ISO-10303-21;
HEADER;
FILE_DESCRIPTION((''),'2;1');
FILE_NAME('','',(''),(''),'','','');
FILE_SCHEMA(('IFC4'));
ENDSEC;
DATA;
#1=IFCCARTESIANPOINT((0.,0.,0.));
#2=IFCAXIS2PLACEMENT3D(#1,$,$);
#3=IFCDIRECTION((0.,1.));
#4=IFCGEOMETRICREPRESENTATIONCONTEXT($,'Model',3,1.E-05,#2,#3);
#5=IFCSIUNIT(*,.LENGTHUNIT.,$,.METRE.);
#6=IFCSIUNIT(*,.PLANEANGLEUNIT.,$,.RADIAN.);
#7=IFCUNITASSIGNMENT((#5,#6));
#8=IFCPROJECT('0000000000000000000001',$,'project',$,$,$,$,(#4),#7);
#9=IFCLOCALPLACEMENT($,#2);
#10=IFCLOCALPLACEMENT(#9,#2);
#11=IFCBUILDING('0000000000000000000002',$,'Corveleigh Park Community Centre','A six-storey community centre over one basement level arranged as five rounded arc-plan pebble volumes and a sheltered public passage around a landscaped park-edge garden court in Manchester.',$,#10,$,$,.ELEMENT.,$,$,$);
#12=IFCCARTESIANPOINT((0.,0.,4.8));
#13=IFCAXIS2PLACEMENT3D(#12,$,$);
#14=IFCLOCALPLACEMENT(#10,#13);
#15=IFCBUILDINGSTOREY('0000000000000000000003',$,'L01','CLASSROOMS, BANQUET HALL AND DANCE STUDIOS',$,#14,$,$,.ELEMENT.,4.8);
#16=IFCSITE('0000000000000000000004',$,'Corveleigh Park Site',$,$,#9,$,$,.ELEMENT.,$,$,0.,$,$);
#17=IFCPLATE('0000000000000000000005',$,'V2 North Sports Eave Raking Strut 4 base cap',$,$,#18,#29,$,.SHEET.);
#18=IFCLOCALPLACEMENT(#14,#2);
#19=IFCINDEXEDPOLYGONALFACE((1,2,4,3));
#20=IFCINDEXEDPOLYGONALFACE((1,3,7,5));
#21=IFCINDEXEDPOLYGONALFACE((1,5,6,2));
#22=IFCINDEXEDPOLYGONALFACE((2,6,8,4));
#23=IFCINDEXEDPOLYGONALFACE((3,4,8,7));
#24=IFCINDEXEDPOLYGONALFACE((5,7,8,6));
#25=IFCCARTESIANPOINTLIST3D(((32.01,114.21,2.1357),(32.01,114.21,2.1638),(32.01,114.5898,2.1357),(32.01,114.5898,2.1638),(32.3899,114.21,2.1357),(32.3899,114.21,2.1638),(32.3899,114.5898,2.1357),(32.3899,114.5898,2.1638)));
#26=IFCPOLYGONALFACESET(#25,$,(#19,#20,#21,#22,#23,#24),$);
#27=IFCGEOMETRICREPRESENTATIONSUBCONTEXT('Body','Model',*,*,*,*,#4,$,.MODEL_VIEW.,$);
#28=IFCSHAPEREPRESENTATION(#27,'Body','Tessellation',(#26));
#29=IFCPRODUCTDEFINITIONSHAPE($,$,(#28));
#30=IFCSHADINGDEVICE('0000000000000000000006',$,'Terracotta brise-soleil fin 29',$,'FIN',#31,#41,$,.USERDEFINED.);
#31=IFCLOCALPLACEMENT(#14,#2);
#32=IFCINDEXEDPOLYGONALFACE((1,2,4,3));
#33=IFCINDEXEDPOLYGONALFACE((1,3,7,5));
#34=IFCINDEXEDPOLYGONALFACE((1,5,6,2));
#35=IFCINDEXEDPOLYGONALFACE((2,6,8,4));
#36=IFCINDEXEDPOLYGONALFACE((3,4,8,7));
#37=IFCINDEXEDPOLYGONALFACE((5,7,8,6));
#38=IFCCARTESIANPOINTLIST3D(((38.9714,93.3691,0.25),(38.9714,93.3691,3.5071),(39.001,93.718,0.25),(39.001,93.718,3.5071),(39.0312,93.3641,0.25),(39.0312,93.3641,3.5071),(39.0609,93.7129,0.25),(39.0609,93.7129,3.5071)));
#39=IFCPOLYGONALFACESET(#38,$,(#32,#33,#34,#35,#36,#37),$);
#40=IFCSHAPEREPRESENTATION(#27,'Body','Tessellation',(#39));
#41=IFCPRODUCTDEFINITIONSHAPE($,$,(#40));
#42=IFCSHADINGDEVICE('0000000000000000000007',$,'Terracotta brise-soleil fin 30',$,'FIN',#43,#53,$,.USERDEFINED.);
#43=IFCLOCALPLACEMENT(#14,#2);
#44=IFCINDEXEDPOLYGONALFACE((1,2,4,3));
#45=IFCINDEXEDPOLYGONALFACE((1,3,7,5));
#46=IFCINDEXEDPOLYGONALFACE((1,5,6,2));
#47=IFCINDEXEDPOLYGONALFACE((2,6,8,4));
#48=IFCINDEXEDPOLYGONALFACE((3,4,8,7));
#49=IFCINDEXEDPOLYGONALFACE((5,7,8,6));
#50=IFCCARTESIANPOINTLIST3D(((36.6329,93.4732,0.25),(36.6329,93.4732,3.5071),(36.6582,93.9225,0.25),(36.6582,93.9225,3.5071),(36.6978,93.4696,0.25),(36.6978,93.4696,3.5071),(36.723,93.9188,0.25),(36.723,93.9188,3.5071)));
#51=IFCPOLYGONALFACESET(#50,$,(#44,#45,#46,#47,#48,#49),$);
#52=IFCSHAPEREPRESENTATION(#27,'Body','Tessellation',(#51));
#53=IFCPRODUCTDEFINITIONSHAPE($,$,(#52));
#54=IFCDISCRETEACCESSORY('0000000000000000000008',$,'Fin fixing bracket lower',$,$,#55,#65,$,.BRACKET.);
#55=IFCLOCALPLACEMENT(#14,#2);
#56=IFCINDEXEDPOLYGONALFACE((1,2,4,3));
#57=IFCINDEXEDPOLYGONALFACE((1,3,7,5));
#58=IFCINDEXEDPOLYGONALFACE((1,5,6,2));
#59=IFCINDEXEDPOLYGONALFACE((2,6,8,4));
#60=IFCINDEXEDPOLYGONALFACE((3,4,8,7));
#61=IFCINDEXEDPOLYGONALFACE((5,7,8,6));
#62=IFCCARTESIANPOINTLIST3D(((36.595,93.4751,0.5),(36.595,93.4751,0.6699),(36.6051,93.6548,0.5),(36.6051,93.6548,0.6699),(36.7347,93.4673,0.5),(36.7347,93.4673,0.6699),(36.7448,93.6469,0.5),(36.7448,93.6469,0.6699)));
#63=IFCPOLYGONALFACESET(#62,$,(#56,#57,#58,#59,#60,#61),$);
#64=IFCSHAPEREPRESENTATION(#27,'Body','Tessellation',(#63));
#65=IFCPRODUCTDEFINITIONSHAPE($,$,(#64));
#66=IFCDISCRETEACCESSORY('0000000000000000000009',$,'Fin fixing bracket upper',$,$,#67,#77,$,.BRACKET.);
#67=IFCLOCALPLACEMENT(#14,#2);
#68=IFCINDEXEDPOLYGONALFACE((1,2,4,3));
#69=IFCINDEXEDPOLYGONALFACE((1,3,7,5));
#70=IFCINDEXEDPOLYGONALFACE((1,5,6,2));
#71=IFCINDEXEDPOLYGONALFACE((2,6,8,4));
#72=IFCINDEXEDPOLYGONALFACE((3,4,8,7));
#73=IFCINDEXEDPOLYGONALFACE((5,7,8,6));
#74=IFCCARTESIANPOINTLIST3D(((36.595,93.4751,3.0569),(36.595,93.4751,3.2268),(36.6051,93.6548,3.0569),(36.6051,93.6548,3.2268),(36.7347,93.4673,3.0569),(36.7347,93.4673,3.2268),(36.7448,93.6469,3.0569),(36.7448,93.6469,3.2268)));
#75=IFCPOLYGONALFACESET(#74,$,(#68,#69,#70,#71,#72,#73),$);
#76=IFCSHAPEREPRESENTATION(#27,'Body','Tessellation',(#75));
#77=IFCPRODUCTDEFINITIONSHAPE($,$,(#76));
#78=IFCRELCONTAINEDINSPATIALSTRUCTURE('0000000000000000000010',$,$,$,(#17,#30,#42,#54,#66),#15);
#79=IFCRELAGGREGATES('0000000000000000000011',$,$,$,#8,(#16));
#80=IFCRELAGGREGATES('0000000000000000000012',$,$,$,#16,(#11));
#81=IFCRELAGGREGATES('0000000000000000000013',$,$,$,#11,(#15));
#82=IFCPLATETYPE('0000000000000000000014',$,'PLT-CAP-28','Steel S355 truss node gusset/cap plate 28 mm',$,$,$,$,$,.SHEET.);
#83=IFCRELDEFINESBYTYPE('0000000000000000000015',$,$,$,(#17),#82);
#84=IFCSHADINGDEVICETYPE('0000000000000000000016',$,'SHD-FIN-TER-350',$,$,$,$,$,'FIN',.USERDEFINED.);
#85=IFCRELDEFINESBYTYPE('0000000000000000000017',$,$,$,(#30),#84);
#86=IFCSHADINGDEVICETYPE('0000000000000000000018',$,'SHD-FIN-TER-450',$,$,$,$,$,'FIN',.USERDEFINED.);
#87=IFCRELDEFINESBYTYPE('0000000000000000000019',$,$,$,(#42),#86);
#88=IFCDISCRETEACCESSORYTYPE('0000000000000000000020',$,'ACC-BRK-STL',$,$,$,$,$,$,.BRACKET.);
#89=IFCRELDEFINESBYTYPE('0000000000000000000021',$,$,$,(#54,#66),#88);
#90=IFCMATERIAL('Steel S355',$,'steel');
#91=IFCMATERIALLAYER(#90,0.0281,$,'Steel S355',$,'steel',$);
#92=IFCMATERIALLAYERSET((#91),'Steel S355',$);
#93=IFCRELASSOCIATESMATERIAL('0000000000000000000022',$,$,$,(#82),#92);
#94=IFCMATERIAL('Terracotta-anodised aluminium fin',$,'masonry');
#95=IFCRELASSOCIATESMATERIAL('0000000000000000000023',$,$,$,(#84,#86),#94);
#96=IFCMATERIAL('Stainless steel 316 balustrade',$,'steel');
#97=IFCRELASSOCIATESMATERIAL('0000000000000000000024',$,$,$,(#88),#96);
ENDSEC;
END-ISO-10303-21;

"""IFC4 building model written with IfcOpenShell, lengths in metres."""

from ifc_helpers import new_model, si_unit, direction, frame, origin, origin_2d, place, context, subcontext, project, spatial, rectangle, extrude, material, layer, layer_set, type_object, element, save


model = new_model("IFC4")

# Units and contexts
model_context = context("Model", 3, precision=1e-05, world=origin(), true_north=direction((0.0, 1.0)))
body_context = subcontext(model_context, "Body", "Model", "MODEL_VIEW")
ifc_project = project(units=[si_unit("LENGTHUNIT", "METRE"), si_unit("PLANEANGLEUNIT", "RADIAN")], contexts=[model_context])

# Site, building, storey
site_placement = place(None, origin())
site = spatial("IfcSite", under=ifc_project, at=site_placement, Name="Corveleigh Park Site", CompositionType="ELEMENT", RefElevation=0.0)
building_placement = place(site_placement, origin())
building = spatial("IfcBuilding", under=site, at=building_placement, Name="Corveleigh Park Community Centre", Description="A six-storey community centre over one basement level arranged as five rounded arc-plan pebble volumes and a sheltered public passage around a landscaped park-edge garden court in Manchester.", CompositionType="ELEMENT")
storey_placement = place(building_placement, frame((0.0, 0.0, 4.8)))
storey = spatial("IfcBuildingStorey", under=building, at=storey_placement, Name="L01", Description="CLASSROOMS, BANQUET HALL AND DANCE STUDIOS", CompositionType="ELEMENT", Elevation=4.8)

# Shared definitions
ifc_material_1 = material(Name="Steel S355", Category="steel")

# Plate
ifc_layer_1 = layer(ifc_material_1, 0.0281, Name="Steel S355", Category="steel")
ifc_layer_set_1 = layer_set([ifc_layer_1], Name="Steel S355")
plate_type_1 = type_object("IfcPlateType", Name="PLT-CAP-28", Description="Steel S355 truss node gusset/cap plate 28 mm", PredefinedType="SHEET", material=ifc_layer_set_1)
plate_1_placement = place(storey_placement, frame((32.2, 114.3999, 2.1357), z_axis=(0.0, 0.0, 1.0), x_axis=(1.0, 0.0, 0.0)))
element("IfcPlate", 1, at=plate_1_placement, inside=storey, type_object=plate_type_1, Name="V2 North Sports Eave Raking Strut 4 base cap", PredefinedType="SHEET", context=body_context, shape_type="SweptSolid", body=[
    extrude(rectangle(XDim=0.3799, YDim=0.3799, at=origin_2d()), origin(), (0.0, 0.0, 1.0), 0.0281),
])

# Shading devices
ifc_material_2 = material(Name="Terracotta-anodised aluminium fin", Category="masonry")
shading_device_type_1 = type_object("IfcShadingDeviceType", Name="SHD-FIN-TER-350", ElementType="FIN", PredefinedType="USERDEFINED", material=ifc_material_2)
shading_device_1_placement = place(storey_placement, frame((39.0161, 93.541, 0.25), z_axis=(0.0, 0.0, 1.0), x_axis=(0.084654, 0.99641, 0.0)))
element("IfcShadingDevice", 2, at=shading_device_1_placement, inside=storey, type_object=shading_device_type_1, Name="Terracotta brise-soleil fin 29", ObjectType="FIN", PredefinedType="USERDEFINED", context=body_context, shape_type="SweptSolid", body=[
    extrude(rectangle(XDim=0.3501, YDim=0.0601, at=origin_2d()), origin(), (0.0, 0.0, 1.0), 3.2571),
])
shading_device_type_2 = type_object("IfcShadingDeviceType", Name="SHD-FIN-TER-450", ElementType="FIN", PredefinedType="USERDEFINED", material=ifc_material_2)
shading_device_2_placement = place(storey_placement, frame((36.678, 93.696, 0.25), z_axis=(0.0, 0.0, 1.0), x_axis=(0.05614, 0.998423, 0.0)))
element("IfcShadingDevice", 3, at=shading_device_2_placement, inside=storey, type_object=shading_device_type_2, Name="Terracotta brise-soleil fin 30", ObjectType="FIN", PredefinedType="USERDEFINED", context=body_context, shape_type="SweptSolid", body=[
    extrude(rectangle(XDim=0.45, YDim=0.0649, at=origin_2d()), origin(), (0.0, 0.0, 1.0), 3.2571),
])

# Discrete accessories
ifc_material_3 = material(Name="Stainless steel 316 balustrade", Category="steel")
discrete_accessory_type = type_object("IfcDiscreteAccessoryType", Name="ACC-BRK-STL", PredefinedType="BRACKET", material=ifc_material_3)
for number, where, z_axis, x_axis, name in (
    (4, (36.6699, 93.561, 0.5), (0.0, 0.0, 1.0), (0.05614, 0.998423, 0.0), "Fin fixing bracket lower"),
    (5, (36.6699, 93.561, 3.0569), (0.0, 0.0, 1.0), (0.05614, 0.998423, 0.0), "Fin fixing bracket upper"),
):
    element("IfcDiscreteAccessory", number, at=place(storey_placement, frame(where, z_axis=z_axis, x_axis=x_axis)), inside=storey, type_object=discrete_accessory_type, Name=name, PredefinedType="BRACKET", context=body_context, shape_type="SweptSolid", body=[
        extrude(rectangle(XDim=0.1799, YDim=0.1399, at=origin_2d()), origin(), (0.0, 0.0, 1.0), 0.1699),
    ])

save(model, "model.ifc")
